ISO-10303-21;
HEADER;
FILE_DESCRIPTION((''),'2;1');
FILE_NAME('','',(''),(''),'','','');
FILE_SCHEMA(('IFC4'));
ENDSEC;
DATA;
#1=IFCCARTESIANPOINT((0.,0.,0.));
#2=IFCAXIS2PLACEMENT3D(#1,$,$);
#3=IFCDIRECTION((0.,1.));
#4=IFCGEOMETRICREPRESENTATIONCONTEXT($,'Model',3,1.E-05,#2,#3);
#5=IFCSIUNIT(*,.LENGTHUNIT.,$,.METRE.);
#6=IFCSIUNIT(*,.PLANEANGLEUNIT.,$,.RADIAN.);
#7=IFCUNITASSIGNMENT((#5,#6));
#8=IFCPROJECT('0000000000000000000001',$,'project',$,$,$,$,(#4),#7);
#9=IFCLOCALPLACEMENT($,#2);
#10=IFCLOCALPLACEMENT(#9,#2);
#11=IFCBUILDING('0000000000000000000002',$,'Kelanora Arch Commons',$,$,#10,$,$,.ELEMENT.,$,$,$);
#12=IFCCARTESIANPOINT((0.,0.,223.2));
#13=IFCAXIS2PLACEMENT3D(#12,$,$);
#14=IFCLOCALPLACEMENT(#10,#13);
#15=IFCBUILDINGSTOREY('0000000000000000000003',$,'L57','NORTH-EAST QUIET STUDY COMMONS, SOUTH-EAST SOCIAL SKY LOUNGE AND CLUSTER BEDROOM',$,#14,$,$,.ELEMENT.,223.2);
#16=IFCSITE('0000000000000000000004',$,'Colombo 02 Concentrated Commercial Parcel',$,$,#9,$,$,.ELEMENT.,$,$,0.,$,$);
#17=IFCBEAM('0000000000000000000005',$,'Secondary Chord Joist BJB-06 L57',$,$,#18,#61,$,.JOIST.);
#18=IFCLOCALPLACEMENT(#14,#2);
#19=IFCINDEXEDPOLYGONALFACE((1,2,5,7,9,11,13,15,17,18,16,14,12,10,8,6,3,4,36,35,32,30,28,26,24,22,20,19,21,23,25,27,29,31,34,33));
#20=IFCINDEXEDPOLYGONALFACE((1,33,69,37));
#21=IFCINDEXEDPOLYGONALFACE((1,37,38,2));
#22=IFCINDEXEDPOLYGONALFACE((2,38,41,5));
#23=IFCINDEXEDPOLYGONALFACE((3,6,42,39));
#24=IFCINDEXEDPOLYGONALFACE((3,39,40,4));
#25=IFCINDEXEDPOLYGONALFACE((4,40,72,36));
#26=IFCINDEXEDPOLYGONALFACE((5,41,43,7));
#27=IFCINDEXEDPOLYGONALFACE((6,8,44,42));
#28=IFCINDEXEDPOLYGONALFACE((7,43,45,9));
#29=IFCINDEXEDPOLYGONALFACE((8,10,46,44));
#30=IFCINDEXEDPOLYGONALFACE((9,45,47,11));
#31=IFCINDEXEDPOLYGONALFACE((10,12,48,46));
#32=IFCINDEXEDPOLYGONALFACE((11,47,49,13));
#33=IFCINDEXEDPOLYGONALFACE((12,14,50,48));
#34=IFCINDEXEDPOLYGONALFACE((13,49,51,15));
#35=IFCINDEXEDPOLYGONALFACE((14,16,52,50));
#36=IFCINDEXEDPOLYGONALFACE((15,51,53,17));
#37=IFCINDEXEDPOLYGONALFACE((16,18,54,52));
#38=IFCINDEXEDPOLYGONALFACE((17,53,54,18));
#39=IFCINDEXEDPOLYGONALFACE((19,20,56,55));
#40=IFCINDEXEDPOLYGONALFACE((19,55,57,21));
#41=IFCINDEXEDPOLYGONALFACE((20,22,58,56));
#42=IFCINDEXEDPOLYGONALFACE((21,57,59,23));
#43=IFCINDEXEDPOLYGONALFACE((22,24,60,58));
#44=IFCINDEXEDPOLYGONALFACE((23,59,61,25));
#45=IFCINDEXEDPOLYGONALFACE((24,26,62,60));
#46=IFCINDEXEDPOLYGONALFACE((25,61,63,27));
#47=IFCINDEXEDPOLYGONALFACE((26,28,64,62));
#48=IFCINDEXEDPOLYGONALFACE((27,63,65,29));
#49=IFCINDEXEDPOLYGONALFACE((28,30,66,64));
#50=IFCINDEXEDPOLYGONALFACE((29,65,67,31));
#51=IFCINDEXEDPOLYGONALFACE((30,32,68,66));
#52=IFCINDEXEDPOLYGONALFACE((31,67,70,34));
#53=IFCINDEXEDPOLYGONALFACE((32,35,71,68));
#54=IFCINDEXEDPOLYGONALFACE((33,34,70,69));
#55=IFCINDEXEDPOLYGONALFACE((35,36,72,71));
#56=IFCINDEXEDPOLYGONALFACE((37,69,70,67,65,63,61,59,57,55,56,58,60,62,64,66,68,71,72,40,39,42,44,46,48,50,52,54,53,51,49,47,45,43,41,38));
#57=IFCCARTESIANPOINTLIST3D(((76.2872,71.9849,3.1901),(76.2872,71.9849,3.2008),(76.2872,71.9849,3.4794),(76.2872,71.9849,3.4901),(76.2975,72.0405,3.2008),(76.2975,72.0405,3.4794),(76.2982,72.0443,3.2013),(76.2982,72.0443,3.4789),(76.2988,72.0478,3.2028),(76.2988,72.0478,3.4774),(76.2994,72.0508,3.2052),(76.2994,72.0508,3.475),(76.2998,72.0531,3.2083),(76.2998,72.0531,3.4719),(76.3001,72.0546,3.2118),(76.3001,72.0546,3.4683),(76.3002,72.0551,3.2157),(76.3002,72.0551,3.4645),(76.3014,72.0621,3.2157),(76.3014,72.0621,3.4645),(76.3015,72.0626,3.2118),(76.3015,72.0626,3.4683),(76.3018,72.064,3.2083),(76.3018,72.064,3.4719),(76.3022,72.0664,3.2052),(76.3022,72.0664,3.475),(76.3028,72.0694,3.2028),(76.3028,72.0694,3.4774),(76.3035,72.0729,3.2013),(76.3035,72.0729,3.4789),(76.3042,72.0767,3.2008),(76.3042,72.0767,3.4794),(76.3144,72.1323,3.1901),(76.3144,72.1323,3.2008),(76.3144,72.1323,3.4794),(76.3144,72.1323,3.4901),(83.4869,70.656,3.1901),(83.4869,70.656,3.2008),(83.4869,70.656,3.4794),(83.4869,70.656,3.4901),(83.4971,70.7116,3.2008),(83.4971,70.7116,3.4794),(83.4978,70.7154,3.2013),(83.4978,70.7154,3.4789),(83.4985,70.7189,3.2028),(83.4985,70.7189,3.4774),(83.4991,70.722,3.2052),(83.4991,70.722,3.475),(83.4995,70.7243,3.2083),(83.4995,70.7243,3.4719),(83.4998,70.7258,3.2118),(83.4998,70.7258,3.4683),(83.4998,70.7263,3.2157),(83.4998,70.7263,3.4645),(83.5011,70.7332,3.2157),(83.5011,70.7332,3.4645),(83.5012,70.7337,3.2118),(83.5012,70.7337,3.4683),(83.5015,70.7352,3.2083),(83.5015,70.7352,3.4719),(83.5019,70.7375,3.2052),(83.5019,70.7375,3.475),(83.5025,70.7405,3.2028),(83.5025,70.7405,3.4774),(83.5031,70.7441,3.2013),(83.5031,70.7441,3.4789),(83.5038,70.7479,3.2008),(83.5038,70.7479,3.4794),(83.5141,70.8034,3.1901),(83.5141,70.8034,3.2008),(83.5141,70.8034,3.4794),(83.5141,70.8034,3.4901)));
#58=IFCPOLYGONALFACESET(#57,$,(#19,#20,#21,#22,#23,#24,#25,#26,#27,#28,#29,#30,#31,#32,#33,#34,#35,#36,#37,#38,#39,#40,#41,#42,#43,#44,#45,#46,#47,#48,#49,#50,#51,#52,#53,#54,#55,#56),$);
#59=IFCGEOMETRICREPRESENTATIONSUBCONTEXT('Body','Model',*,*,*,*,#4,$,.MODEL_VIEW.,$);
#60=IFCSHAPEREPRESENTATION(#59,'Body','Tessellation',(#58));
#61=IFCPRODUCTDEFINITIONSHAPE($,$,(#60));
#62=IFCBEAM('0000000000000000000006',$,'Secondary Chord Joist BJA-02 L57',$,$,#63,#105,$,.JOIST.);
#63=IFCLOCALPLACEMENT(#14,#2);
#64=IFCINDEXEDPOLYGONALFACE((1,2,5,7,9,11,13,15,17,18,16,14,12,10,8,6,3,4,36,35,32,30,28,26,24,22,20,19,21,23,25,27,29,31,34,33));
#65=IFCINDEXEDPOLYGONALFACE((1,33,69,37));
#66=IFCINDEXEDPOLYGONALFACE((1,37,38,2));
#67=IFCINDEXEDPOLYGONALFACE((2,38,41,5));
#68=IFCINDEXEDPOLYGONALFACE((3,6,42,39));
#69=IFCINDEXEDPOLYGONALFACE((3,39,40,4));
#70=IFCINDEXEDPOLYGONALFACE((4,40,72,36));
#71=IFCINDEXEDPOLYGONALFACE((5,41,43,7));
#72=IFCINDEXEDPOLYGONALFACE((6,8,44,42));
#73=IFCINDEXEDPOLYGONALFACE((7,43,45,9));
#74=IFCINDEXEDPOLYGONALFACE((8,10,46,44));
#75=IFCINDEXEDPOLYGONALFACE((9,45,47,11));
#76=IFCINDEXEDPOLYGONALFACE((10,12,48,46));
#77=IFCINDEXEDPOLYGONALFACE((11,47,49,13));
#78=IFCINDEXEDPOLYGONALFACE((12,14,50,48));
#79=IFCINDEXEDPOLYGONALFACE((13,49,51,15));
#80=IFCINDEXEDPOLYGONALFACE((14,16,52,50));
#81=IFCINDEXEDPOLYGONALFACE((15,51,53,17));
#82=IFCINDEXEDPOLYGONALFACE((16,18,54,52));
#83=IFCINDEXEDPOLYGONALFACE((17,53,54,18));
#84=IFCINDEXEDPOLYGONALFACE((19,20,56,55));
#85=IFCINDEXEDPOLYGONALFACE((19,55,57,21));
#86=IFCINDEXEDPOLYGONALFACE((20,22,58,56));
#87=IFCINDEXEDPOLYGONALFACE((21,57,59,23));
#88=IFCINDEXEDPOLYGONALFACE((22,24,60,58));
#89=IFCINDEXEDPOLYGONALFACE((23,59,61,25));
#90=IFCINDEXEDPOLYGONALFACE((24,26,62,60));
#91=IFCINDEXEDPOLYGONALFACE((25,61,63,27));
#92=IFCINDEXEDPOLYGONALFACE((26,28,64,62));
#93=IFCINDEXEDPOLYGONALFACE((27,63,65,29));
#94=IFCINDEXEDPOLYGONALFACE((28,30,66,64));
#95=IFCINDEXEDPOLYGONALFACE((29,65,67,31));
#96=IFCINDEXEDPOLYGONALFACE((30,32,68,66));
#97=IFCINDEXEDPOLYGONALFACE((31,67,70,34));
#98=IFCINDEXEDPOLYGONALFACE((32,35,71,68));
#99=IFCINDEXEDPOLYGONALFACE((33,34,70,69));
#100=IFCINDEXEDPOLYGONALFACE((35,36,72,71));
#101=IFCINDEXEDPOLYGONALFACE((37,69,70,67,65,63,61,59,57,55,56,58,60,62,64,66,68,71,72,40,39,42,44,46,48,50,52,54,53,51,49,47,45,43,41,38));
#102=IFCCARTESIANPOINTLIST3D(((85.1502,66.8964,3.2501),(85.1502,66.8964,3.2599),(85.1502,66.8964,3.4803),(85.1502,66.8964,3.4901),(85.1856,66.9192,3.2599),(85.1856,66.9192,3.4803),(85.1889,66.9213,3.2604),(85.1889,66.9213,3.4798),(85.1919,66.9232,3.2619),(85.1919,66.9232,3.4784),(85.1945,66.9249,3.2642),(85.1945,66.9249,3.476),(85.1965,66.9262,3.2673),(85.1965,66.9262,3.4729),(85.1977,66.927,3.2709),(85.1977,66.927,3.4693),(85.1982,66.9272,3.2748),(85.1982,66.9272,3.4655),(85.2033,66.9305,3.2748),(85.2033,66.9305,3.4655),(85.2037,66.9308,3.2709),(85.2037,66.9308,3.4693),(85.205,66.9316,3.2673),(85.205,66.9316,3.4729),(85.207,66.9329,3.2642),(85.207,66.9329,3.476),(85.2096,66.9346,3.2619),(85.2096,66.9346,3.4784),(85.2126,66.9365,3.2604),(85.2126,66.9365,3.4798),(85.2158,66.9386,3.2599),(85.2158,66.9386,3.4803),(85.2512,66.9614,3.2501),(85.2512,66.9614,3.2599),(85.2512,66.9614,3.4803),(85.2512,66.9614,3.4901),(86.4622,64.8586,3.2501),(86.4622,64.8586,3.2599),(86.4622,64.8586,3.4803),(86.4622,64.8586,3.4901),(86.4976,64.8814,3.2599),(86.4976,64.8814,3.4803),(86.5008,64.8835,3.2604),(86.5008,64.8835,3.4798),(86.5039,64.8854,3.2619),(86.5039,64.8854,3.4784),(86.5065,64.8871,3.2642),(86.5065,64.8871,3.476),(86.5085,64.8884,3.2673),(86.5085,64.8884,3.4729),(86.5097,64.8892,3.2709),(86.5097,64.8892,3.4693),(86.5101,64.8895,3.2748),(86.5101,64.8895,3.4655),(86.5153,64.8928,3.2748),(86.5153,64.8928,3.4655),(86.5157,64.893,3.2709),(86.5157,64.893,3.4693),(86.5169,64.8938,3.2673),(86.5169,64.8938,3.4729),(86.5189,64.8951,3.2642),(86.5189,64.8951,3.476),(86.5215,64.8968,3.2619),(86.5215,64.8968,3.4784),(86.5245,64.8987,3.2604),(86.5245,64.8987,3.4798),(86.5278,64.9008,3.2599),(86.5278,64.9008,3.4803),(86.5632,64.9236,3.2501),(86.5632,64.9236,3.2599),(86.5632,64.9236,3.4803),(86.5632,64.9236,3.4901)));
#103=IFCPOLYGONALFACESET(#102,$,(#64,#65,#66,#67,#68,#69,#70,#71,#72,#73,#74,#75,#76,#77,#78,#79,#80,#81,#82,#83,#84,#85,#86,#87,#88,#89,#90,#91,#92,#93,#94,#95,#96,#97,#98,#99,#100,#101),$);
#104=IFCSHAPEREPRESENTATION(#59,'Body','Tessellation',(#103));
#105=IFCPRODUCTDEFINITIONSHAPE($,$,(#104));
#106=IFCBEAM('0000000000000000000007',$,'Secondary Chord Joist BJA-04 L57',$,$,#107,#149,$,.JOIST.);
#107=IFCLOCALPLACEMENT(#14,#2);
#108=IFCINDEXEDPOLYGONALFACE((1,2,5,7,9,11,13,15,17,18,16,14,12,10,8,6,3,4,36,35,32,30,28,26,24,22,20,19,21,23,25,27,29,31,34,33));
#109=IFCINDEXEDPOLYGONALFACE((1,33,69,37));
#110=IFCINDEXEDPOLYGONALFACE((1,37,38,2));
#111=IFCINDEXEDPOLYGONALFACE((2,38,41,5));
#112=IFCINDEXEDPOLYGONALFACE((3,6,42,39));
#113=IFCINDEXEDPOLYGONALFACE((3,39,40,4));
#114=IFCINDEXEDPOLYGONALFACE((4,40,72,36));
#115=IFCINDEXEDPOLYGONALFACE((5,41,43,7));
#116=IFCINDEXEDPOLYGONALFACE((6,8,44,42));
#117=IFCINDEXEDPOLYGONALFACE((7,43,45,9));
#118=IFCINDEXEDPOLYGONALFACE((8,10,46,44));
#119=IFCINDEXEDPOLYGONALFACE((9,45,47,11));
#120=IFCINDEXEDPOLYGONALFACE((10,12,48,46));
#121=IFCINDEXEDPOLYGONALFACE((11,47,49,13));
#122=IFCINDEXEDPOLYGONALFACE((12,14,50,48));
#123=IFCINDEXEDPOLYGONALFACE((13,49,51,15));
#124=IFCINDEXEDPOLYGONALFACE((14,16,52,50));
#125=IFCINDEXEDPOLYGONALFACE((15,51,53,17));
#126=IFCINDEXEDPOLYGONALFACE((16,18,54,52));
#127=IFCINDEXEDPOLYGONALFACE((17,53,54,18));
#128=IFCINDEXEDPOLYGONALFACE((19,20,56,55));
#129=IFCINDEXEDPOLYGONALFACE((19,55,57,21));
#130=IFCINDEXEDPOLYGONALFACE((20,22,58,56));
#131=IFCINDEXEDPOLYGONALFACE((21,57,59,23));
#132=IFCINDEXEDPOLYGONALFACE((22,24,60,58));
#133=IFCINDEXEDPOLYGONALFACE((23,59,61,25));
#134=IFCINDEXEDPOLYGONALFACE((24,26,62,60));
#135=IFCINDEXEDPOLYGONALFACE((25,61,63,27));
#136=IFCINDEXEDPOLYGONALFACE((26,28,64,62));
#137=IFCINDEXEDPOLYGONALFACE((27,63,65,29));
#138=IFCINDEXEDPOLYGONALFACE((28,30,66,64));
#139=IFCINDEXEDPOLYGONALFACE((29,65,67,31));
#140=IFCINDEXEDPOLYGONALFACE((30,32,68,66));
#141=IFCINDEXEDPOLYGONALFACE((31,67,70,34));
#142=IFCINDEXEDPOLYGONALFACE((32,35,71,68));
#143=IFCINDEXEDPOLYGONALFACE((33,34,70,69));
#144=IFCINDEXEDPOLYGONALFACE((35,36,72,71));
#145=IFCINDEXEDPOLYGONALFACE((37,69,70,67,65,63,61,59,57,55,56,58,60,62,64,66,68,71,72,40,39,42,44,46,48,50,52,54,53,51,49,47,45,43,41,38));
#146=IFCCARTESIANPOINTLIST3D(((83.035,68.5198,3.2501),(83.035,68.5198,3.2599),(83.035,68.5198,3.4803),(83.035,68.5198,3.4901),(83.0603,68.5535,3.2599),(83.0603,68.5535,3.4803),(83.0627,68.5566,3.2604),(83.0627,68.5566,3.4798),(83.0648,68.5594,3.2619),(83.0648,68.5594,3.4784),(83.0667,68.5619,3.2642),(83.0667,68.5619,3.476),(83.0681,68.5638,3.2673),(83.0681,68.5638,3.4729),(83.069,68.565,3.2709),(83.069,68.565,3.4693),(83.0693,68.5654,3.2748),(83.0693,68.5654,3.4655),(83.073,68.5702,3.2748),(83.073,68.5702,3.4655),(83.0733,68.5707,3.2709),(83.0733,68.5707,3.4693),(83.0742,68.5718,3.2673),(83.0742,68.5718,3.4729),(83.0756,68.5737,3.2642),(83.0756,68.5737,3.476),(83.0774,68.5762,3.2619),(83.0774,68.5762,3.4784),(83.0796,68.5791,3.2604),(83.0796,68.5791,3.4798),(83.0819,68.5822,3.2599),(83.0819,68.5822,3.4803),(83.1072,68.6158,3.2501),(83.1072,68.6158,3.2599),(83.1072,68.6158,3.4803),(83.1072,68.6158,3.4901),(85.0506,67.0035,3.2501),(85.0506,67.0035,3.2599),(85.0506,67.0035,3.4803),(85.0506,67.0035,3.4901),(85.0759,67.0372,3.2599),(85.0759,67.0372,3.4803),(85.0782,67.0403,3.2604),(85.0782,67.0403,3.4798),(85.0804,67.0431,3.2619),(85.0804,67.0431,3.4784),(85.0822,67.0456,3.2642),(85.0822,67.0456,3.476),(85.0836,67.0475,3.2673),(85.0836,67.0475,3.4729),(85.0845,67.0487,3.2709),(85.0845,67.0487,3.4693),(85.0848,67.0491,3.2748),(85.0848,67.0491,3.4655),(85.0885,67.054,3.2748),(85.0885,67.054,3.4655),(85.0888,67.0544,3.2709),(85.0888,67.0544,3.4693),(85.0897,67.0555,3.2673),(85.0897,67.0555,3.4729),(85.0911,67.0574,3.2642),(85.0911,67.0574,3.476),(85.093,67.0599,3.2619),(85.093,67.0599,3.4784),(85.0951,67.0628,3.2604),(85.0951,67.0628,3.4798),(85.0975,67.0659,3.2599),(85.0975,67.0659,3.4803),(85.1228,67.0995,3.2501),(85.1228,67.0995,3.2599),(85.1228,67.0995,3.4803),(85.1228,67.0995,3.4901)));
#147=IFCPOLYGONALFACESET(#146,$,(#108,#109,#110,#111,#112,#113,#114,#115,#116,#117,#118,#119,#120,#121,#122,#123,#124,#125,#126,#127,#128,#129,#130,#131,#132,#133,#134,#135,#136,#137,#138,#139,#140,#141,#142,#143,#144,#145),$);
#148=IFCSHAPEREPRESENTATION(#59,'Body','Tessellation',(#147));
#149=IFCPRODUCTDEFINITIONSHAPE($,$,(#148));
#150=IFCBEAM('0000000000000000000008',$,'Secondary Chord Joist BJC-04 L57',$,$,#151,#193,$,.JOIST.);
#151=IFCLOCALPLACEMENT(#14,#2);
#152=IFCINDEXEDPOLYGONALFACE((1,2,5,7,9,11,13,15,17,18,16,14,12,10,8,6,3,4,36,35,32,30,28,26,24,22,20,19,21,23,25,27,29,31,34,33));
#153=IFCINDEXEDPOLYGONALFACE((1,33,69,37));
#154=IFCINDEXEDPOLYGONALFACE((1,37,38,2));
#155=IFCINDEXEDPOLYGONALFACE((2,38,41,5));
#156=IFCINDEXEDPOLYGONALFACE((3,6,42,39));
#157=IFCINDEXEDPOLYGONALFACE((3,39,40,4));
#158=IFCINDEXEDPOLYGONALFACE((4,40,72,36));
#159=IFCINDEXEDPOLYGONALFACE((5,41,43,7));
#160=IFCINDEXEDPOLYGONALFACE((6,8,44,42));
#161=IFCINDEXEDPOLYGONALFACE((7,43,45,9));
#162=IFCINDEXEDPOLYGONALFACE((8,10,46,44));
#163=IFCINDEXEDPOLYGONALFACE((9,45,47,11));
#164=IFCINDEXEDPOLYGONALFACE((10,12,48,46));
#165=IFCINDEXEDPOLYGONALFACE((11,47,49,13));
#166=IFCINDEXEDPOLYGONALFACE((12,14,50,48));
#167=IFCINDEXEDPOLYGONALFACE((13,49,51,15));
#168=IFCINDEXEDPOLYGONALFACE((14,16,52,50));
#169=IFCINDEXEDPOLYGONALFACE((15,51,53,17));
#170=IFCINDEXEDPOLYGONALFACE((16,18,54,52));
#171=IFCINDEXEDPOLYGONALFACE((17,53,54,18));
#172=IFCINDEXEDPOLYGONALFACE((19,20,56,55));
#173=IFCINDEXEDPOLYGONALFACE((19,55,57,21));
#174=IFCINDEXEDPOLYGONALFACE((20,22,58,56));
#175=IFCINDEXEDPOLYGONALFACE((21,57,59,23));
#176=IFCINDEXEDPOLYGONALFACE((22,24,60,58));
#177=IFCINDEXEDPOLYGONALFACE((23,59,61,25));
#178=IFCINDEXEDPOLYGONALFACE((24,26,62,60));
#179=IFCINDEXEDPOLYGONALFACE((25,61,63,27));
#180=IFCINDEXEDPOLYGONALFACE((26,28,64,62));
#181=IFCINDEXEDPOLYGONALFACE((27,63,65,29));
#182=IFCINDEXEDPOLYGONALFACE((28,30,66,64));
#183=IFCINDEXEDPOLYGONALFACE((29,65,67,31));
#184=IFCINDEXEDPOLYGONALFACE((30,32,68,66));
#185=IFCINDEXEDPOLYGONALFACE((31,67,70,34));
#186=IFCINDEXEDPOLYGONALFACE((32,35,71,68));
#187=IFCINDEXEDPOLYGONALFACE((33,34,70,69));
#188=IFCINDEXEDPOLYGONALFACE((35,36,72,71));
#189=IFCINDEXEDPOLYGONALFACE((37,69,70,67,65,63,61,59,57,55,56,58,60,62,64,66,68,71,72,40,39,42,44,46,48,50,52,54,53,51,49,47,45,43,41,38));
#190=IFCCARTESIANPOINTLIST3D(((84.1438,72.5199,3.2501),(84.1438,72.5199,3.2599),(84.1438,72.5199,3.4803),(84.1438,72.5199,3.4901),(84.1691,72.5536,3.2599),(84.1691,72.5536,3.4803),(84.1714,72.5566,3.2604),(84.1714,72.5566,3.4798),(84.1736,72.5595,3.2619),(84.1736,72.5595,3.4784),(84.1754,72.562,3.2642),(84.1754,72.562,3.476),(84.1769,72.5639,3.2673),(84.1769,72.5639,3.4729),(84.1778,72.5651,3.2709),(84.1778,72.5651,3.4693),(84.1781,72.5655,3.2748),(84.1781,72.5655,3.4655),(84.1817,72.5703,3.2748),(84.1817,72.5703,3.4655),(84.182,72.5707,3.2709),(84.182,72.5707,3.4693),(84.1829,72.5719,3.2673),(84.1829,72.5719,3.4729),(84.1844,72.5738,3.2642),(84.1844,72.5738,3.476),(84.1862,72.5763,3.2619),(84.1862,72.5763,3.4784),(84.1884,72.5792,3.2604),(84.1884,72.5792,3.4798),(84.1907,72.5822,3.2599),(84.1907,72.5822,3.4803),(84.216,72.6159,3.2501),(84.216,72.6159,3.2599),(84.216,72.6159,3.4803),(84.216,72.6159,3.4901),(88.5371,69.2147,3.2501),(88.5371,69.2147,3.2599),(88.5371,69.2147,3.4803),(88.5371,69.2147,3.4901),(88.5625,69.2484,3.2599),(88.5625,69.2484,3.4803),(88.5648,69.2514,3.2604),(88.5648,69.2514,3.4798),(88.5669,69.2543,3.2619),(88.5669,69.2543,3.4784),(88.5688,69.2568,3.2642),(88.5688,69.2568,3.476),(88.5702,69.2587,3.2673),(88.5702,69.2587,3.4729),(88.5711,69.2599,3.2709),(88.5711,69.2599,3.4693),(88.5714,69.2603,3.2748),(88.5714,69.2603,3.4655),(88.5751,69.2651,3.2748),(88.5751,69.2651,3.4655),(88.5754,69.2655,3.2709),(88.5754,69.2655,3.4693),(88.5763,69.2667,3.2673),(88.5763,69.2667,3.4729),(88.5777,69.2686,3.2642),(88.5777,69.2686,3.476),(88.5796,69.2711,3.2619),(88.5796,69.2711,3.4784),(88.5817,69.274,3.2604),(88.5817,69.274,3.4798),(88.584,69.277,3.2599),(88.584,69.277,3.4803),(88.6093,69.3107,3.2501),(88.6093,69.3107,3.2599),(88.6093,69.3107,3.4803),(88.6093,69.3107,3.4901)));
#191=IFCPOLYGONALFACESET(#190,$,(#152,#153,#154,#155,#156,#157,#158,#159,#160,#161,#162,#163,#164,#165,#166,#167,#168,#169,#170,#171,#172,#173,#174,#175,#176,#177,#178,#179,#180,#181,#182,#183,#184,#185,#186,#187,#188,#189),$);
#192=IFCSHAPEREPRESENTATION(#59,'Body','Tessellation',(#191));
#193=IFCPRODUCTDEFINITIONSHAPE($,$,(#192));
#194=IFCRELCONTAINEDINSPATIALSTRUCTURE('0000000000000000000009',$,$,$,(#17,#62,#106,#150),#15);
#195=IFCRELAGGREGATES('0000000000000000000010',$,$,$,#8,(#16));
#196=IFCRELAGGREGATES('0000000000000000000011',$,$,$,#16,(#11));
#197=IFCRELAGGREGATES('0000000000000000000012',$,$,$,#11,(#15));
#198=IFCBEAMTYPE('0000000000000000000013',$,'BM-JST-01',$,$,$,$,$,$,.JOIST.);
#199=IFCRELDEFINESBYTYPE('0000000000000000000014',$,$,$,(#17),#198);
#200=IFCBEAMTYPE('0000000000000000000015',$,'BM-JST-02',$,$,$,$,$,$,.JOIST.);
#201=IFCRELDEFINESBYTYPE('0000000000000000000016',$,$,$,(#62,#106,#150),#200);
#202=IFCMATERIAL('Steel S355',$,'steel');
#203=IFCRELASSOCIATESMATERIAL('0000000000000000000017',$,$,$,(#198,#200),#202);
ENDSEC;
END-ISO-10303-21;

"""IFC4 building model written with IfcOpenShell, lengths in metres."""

from ifc_helpers import new_model, si_unit, direction, frame, origin, origin_2d, place, context, subcontext, project, spatial, i_section, extrude, material, material_profile, profile_set, type_object, element, save


model = new_model("IFC4")

# Units and contexts
model_context = context("Model", 3, precision=1e-05, world=origin(), true_north=direction((0.0, 1.0)))
body_context = subcontext(model_context, "Body", "Model", "MODEL_VIEW")
ifc_project = project(units=[si_unit("LENGTHUNIT", "METRE"), si_unit("PLANEANGLEUNIT", "RADIAN")], contexts=[model_context])

# Site, building, storey
site_placement = place(None, origin())
site = spatial("IfcSite", under=ifc_project, at=site_placement, Name="Colombo 02 Concentrated Commercial Parcel", CompositionType="ELEMENT", RefElevation=0.0)
building_placement = place(site_placement, origin())
building = spatial("IfcBuilding", under=site, at=building_placement, Name="Kelanora Arch Commons", CompositionType="ELEMENT")
storey_placement = place(building_placement, frame((0.0, 0.0, 223.2)))
storey = spatial("IfcBuildingStorey", under=building, at=storey_placement, Name="L57", Description="NORTH-EAST QUIET STUDY COMMONS, SOUTH-EAST SOCIAL SKY LOUNGE AND CLUSTER BEDROOM", CompositionType="ELEMENT", Elevation=223.2)

# Beams
ifc_material_1 = material(Name="Steel S355", Category="steel")
ifc_material_profile_1 = material_profile(ifc_material_1, i_section(OverallWidth=0.1499, OverallDepth=0.3, WebThickness=0.0071, FlangeThickness=0.0107, FilletRadius=0.0149, at=origin_2d()), Name="IPE300")
ifc_profile_set_1 = profile_set([ifc_material_profile_1], Name="Steel S355")
beam_type_1 = type_object("IfcBeamType", Name="BM-JST-01", PredefinedType="JOIST", material=ifc_profile_set_1)
beam_1_placement = place(storey_placement, frame((83.5005, 70.7297, 3.3401), z_axis=(-0.98339, 0.181505, 0.0), x_axis=(-0.181505, -0.98339, 0.0)))
element("IfcBeam", 1, at=beam_1_placement, inside=storey, type_object=beam_type_1, Name="Secondary Chord Joist BJB-06 L57", PredefinedType="JOIST", context=body_context, shape_type="SweptSolid", body=[
    extrude(i_section(OverallWidth=0.1499, OverallDepth=0.3, WebThickness=0.0071, FlangeThickness=0.0107, FilletRadius=0.0149, at=origin_2d()), origin(), (0.0, 0.0, 1.0), 7.3213),
])
ifc_material_profile_2 = material_profile(ifc_material_1, i_section(OverallWidth=0.1201, OverallDepth=0.24, WebThickness=0.0061, FlangeThickness=0.0098, FilletRadius=0.0149, at=origin_2d()), Name="IPE240")
ifc_profile_set_2 = profile_set([ifc_material_profile_2], Name="Steel S355")
beam_type_2 = type_object("IfcBeamType", Name="BM-JST-02", PredefinedType="JOIST", material=ifc_profile_set_2)
beam_2_placement = place(storey_placement, frame((86.5127, 64.8911, 3.3701), z_axis=(-0.541333, 0.840808, 0.0), x_axis=(-0.840808, -0.541333, 0.0)))
element("IfcBeam", 2, at=beam_2_placement, inside=storey, type_object=beam_type_2, Name="Secondary Chord Joist BJA-02 L57", PredefinedType="JOIST", context=body_context, shape_type="SweptSolid", body=[
    extrude(i_section(OverallWidth=0.1201, OverallDepth=0.24, WebThickness=0.0061, FlangeThickness=0.0098, FilletRadius=0.0149, at=origin_2d()), origin(), (0.0, 0.0, 1.0), 2.4236),
])
beam_3_placement = place(storey_placement, frame((85.0867, 67.0515, 3.3701), z_axis=(-0.799116, 0.601176, 0.0), x_axis=(-0.601176, -0.799116, 0.0)))
element("IfcBeam", 3, at=beam_3_placement, inside=storey, type_object=beam_type_2, Name="Secondary Chord Joist BJA-04 L57", PredefinedType="JOIST", context=body_context, shape_type="SweptSolid", body=[
    extrude(i_section(OverallWidth=0.1201, OverallDepth=0.24, WebThickness=0.0061, FlangeThickness=0.0098, FilletRadius=0.0149, at=origin_2d()), origin(), (0.0, 0.0, 1.0), 2.5222),
])
beam_4_placement = place(storey_placement, frame((88.5732, 69.2627, 3.3701), z_axis=(-0.799109, 0.601186, 0.0), x_axis=(-0.601186, -0.799109, 0.0)))
element("IfcBeam", 4, at=beam_4_placement, inside=storey, type_object=beam_type_2, Name="Secondary Chord Joist BJC-04 L57", PredefinedType="JOIST", context=body_context, shape_type="SweptSolid", body=[
    extrude(i_section(OverallWidth=0.1201, OverallDepth=0.24, WebThickness=0.0061, FlangeThickness=0.0098, FilletRadius=0.0149, at=origin_2d()), origin(), (0.0, 0.0, 1.0), 5.4978),
])

save(model, "model.ifc")
